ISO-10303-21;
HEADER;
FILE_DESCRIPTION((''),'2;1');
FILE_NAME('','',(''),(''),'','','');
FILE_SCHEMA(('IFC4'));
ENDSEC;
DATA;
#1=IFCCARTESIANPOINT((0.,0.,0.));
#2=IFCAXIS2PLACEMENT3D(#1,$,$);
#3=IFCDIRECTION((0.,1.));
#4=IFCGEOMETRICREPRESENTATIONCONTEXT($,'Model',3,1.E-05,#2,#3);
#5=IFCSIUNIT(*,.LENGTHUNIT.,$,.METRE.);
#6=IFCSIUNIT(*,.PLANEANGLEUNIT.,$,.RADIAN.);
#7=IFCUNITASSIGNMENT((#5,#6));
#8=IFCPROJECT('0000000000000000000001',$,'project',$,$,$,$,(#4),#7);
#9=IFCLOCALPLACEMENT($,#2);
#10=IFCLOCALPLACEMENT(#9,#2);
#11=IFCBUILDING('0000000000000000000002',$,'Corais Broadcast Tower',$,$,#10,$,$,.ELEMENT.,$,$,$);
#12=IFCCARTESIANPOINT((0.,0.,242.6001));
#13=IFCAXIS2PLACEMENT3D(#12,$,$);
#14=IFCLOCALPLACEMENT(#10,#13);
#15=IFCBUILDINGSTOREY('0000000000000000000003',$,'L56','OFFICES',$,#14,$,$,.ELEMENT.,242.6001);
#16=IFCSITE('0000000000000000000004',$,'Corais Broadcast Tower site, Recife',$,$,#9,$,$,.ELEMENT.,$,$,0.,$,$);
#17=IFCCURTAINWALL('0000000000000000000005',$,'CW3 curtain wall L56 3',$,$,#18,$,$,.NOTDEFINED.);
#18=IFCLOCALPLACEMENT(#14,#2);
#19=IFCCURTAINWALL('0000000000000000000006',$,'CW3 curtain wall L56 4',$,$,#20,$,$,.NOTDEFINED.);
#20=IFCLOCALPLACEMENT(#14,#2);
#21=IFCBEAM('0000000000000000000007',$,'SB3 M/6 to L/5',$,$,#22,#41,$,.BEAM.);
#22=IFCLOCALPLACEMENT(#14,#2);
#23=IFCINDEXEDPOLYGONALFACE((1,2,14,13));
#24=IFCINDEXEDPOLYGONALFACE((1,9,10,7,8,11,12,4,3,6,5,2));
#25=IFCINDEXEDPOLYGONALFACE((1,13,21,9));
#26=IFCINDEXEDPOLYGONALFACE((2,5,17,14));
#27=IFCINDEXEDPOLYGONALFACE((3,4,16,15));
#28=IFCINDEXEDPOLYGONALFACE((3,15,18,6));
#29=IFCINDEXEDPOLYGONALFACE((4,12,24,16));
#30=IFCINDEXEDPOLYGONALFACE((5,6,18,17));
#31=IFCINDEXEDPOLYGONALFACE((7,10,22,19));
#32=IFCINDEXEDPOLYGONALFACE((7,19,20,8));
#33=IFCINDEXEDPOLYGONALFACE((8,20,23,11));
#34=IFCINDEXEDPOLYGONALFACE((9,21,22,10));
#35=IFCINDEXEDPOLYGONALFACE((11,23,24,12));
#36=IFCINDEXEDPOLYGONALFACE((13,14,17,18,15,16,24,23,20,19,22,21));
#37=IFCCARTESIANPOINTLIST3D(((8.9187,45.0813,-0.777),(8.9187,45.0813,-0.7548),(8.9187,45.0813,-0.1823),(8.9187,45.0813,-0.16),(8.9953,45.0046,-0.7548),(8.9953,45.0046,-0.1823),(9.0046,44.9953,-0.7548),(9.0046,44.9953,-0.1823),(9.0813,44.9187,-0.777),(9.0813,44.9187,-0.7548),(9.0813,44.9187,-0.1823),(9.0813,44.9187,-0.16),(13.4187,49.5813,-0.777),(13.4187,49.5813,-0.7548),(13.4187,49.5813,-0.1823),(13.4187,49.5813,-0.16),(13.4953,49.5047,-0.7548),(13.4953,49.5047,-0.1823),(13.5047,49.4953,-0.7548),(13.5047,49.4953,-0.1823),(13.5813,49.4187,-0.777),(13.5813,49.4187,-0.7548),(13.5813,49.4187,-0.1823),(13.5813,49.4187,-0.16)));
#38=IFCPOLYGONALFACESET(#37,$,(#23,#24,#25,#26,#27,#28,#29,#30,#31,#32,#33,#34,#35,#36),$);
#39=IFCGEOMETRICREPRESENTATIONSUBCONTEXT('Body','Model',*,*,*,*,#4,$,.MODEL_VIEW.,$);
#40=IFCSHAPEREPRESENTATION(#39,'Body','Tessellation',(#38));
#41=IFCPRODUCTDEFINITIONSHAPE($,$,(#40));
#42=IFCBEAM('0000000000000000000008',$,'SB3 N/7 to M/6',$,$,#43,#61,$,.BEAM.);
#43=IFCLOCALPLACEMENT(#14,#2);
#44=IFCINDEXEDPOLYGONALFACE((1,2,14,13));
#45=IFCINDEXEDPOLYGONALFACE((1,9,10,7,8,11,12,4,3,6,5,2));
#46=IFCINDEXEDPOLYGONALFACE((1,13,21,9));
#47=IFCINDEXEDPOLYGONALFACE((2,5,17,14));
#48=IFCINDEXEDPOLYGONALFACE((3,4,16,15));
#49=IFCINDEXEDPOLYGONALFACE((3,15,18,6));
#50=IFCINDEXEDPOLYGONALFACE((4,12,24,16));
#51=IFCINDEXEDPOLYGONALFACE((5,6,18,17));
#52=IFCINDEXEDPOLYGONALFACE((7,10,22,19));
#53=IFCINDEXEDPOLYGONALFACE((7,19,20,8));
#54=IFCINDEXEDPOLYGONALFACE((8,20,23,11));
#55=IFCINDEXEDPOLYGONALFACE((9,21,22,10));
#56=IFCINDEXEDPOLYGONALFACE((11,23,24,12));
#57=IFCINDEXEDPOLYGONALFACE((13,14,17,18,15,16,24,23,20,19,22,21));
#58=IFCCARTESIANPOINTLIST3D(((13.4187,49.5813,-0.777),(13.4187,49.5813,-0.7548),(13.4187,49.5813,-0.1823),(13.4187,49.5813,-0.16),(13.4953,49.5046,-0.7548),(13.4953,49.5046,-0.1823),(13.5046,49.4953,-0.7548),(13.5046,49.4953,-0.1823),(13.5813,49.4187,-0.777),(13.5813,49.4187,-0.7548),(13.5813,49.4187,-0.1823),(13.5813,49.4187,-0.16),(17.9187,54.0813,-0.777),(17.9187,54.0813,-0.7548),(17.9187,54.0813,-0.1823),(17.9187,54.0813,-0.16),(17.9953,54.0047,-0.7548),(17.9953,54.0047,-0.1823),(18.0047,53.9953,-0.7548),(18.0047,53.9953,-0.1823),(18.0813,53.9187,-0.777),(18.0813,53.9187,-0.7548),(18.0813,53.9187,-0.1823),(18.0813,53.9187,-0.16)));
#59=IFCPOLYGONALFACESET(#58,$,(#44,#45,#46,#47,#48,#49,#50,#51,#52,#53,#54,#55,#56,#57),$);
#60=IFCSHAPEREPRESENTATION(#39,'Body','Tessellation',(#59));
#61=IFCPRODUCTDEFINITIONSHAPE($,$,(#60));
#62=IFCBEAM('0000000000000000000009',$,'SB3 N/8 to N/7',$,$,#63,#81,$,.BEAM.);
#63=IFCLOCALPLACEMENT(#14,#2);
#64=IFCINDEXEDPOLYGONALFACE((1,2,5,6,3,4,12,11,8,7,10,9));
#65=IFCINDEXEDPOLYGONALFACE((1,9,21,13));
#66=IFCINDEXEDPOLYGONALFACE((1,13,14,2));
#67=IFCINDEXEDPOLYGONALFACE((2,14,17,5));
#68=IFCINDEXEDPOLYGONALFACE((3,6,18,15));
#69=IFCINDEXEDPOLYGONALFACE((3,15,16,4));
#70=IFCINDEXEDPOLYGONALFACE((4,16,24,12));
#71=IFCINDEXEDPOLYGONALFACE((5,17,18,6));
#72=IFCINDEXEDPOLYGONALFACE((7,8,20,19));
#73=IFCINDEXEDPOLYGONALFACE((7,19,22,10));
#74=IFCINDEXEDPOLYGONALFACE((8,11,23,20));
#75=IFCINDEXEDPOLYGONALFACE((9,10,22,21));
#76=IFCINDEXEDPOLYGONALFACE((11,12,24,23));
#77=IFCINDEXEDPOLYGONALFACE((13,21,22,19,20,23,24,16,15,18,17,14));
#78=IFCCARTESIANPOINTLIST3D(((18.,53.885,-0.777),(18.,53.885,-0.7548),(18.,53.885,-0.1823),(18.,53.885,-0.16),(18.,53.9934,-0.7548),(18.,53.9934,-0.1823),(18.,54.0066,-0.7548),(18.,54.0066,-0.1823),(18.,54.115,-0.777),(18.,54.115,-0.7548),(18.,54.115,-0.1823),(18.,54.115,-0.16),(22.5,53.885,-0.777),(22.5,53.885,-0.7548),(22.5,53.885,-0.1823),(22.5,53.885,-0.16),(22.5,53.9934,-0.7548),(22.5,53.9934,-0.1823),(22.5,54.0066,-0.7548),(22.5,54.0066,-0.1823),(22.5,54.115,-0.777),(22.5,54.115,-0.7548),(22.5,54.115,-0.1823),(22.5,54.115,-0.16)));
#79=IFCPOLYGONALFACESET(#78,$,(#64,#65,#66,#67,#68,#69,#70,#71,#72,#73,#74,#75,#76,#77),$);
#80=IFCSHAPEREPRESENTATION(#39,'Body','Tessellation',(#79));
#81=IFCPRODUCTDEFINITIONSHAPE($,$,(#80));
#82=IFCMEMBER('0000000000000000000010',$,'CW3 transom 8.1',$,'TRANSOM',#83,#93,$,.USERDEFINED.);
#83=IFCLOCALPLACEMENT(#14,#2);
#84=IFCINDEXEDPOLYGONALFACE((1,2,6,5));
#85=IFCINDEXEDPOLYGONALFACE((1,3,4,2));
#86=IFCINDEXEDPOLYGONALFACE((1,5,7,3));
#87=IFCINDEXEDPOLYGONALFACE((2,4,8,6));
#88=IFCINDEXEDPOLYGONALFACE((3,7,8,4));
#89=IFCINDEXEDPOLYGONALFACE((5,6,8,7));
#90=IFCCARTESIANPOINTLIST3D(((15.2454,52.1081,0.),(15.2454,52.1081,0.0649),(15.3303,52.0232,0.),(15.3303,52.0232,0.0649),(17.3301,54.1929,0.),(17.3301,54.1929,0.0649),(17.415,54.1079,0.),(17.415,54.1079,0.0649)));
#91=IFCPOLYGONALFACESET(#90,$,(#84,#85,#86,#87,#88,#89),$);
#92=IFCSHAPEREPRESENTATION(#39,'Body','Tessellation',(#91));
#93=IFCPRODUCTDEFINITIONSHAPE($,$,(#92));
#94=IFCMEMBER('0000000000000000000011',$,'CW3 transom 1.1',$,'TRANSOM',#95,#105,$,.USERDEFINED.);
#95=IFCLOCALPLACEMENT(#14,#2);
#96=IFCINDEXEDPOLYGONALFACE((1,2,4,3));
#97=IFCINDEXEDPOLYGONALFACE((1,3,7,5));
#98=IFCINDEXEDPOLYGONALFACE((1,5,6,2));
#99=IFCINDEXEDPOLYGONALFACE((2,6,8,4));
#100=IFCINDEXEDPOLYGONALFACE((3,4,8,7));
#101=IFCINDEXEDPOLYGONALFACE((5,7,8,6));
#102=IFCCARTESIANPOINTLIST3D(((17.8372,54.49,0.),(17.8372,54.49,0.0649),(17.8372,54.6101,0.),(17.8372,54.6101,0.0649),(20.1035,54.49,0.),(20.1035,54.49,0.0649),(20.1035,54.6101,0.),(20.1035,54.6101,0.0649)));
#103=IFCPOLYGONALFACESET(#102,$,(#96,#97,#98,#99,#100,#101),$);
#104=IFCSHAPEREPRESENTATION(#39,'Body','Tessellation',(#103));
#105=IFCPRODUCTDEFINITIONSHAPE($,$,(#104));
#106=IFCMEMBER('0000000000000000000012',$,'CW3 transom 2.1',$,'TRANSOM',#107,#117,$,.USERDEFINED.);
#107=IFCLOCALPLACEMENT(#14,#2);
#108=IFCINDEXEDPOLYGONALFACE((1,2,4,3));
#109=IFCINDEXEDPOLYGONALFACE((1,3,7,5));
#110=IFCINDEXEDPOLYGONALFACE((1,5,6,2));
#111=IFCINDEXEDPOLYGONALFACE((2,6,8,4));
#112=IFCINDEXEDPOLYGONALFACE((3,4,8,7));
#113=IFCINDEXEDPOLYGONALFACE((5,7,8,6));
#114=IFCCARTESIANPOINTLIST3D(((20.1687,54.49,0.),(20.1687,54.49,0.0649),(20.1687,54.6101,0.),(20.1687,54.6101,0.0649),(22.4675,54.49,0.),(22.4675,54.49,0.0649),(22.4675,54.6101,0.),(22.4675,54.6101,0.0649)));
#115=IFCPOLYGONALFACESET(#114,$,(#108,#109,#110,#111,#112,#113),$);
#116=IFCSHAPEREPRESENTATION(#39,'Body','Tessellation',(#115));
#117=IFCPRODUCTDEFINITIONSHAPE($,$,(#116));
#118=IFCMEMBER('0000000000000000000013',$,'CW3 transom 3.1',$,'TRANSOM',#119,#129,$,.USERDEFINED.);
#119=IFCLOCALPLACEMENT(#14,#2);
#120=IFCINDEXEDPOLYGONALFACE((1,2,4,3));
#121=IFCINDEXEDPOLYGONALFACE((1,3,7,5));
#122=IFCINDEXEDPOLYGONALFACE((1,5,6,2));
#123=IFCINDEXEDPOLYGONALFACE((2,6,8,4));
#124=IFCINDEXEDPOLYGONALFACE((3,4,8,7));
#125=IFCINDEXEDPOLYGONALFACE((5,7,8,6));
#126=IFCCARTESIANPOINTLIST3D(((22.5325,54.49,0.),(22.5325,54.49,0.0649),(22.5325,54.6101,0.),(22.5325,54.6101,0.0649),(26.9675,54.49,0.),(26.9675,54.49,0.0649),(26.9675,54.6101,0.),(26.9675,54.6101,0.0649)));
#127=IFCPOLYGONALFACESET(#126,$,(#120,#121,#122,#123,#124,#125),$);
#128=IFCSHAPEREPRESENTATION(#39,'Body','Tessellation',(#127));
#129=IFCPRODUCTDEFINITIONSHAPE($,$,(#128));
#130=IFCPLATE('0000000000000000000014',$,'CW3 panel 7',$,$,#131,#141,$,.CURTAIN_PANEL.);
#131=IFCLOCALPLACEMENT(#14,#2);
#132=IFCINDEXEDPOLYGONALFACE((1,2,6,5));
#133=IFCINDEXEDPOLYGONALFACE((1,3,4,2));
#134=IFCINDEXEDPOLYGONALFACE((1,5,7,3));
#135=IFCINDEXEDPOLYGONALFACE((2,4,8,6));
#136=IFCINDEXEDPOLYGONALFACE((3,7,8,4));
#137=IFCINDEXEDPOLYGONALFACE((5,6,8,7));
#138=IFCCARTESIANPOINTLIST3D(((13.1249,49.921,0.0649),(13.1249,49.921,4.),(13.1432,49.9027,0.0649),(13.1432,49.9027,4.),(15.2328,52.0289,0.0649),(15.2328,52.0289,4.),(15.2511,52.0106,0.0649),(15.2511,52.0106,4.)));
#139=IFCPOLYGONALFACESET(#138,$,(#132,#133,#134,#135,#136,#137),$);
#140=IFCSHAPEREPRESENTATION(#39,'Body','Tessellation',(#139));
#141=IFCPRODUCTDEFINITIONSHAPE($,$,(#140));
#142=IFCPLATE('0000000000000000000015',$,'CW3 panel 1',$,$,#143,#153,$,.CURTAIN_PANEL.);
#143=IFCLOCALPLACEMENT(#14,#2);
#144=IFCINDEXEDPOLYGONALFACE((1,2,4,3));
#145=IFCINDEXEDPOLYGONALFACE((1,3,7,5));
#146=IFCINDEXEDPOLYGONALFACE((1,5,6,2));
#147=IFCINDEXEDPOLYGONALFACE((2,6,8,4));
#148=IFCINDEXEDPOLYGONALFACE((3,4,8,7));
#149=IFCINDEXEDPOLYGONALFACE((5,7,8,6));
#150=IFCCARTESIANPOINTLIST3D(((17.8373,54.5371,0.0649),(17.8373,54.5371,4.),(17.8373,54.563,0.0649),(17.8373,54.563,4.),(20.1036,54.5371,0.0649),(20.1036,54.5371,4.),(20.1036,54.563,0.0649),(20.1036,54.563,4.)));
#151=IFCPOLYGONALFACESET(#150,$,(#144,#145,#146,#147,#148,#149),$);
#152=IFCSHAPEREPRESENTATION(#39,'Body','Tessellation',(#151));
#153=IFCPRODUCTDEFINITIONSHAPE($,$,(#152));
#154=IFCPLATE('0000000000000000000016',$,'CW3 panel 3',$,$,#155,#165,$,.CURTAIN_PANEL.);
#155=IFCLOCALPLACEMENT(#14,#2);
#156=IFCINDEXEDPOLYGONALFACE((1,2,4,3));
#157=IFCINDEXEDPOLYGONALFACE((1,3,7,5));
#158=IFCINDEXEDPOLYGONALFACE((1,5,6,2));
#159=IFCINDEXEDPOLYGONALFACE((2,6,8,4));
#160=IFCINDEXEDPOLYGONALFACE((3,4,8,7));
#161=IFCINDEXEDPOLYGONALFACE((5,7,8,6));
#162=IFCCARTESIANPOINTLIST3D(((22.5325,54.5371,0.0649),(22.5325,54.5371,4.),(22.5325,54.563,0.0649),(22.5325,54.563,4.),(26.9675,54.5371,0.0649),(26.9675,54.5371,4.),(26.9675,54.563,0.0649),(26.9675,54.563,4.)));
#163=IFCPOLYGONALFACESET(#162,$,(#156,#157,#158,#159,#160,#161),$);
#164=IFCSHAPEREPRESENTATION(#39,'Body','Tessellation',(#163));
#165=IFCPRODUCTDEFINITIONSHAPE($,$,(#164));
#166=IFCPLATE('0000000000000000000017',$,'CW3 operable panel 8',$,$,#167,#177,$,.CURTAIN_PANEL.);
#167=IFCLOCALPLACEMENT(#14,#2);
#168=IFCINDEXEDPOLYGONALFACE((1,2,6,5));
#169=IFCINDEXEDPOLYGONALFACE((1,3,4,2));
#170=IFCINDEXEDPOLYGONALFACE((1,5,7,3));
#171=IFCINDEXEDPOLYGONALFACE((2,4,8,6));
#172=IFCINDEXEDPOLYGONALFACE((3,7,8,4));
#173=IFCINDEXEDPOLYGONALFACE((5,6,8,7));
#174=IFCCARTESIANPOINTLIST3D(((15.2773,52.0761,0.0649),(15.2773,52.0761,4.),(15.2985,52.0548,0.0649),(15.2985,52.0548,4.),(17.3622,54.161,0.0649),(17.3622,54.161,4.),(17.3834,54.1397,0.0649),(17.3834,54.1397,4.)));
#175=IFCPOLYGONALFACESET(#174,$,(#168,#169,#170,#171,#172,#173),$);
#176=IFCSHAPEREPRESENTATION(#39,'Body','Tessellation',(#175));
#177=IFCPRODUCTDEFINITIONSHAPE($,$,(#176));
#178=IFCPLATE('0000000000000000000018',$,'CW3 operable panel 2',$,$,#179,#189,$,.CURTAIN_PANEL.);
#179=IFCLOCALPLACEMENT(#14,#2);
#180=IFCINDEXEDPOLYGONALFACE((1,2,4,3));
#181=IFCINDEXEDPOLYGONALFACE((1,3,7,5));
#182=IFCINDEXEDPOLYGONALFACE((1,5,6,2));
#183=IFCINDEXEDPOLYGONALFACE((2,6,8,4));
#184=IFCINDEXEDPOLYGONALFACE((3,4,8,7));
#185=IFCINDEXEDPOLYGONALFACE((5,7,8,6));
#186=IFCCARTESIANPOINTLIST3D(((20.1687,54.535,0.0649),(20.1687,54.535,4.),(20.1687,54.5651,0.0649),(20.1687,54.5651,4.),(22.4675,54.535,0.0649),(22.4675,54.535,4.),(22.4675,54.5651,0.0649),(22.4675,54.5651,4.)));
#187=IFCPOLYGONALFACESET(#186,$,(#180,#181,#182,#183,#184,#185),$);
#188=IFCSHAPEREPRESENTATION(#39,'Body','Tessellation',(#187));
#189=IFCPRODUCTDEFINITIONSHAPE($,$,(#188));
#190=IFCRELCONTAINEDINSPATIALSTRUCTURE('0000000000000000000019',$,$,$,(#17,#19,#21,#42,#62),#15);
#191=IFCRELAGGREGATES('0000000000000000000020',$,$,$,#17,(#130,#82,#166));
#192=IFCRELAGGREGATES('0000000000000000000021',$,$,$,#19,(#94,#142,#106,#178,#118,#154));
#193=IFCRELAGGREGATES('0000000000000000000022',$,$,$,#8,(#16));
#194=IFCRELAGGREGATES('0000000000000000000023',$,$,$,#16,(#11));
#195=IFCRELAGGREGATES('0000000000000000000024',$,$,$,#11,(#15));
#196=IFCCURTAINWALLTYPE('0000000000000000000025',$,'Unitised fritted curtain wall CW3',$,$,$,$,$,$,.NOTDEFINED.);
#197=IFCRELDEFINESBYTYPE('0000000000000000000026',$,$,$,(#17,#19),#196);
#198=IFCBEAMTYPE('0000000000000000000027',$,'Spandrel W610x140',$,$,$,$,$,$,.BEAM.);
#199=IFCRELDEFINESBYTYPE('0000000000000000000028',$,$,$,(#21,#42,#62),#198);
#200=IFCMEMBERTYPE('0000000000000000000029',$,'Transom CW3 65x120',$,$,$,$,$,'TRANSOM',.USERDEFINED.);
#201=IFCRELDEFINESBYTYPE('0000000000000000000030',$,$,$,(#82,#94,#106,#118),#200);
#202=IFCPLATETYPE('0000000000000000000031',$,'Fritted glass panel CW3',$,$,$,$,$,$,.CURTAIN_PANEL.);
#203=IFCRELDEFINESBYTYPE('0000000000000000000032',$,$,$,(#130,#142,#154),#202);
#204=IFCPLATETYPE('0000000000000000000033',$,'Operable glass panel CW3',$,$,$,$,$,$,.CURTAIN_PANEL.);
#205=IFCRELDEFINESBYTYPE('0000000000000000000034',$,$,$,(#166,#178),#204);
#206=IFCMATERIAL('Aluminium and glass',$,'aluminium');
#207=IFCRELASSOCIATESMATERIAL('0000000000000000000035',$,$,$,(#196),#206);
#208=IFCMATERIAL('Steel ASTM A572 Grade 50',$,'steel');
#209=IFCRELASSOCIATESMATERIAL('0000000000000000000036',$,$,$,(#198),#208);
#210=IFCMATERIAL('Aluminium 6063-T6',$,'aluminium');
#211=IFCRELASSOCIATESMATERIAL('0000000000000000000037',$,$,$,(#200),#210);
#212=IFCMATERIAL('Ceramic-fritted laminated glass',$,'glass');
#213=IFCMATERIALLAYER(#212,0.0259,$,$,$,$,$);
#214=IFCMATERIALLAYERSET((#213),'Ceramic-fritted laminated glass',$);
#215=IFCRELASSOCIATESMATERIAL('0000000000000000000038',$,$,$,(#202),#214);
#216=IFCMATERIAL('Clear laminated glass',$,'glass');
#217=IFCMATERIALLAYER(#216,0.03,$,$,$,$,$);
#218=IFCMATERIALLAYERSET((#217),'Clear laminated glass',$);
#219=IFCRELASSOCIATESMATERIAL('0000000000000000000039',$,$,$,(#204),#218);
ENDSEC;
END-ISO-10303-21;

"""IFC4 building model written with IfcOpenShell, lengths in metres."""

from ifc_helpers import new_model, si_unit, direction, frame, origin, origin_2d, place, context, subcontext, project, spatial, rectangle, i_section, extrude, material, layer, layer_set, material_profile, profile_set, type_object, element, aggregate, save


model = new_model("IFC4")

# Units and contexts
model_context = context("Model", 3, precision=1e-05, world=origin(), true_north=direction((0.0, 1.0)))
body_context = subcontext(model_context, "Body", "Model", "MODEL_VIEW")
ifc_project = project(units=[si_unit("LENGTHUNIT", "METRE"), si_unit("PLANEANGLEUNIT", "RADIAN")], contexts=[model_context])

# Site, building, storey
site_placement = place(None, origin())
site = spatial("IfcSite", under=ifc_project, at=site_placement, Name="Corais Broadcast Tower site, Recife", CompositionType="ELEMENT", RefElevation=0.0)
building_placement = place(site_placement, origin())
building = spatial("IfcBuilding", under=site, at=building_placement, Name="Corais Broadcast Tower", CompositionType="ELEMENT")
storey_placement = place(building_placement, frame((0.0, 0.0, 242.6001)))
storey = spatial("IfcBuildingStorey", under=building, at=storey_placement, Name="L56", Description="OFFICES", CompositionType="ELEMENT", Elevation=242.6001)

# Curtain walls
ifc_material_1 = material(Name="Aluminium and glass", Category="aluminium")
curtain_wall_type = type_object("IfcCurtainWallType", Name="Unitised fritted curtain wall CW3", PredefinedType="NOTDEFINED", material=ifc_material_1)
curtain_wall_1_placement = place(storey_placement, origin())
curtain_wall_1 = element("IfcCurtainWall", 1, at=curtain_wall_1_placement, inside=storey, type_object=curtain_wall_type, Name="CW3 curtain wall L56 3", PredefinedType="NOTDEFINED")
curtain_wall_2_placement = place(storey_placement, origin())
curtain_wall_2 = element("IfcCurtainWall", 2, at=curtain_wall_2_placement, inside=storey, type_object=curtain_wall_type, Name="CW3 curtain wall L56 4", PredefinedType="NOTDEFINED")

# Beams
ifc_material_2 = material(Name="Steel ASTM A572 Grade 50", Category="steel")
ifc_material_profile_1 = material_profile(ifc_material_2, i_section(OverallWidth=0.23, OverallDepth=0.6169, WebThickness=0.0132, FlangeThickness=0.0222, at=origin_2d()), Name="W610x140")
ifc_profile_set_1 = profile_set([ifc_material_profile_1], Name="Steel ASTM A572 Grade 50")
beam_type_1 = type_object("IfcBeamType", Name="Spandrel W610x140", PredefinedType="BEAM", material=ifc_profile_set_1)
for number, where, z_axis, x_axis, name in (
    (3, (13.5, 49.5, -0.4685), (-0.707107, -0.707107, 0.0), (0.707107, -0.707107, 0.0), "SB3 M/6 to L/5"),
    (4, (18.0, 54.0, -0.4685), (-0.707107, -0.707107, 0.0), (0.707107, -0.707107, 0.0), "SB3 N/7 to M/6"),
):
    element("IfcBeam", number, at=place(storey_placement, frame(where, z_axis=z_axis, x_axis=x_axis)), inside=storey, type_object=beam_type_1, Name=name, PredefinedType="BEAM", context=body_context, shape_type="SweptSolid", body=[
        extrude(i_section(OverallWidth=0.23, OverallDepth=0.6169, WebThickness=0.0132, FlangeThickness=0.0222, at=origin_2d()), origin(), (0.0, 0.0, 1.0), 6.364),
    ])
beam_1_placement = place(storey_placement, frame((22.5, 54.0, -0.4685), z_axis=(-1.0, 0.0, 0.0), x_axis=(0.0, -1.0, 0.0)))
element("IfcBeam", 5, at=beam_1_placement, inside=storey, type_object=beam_type_1, Name="SB3 N/8 to N/7", PredefinedType="BEAM", context=body_context, shape_type="SweptSolid", body=[
    extrude(i_section(OverallWidth=0.23, OverallDepth=0.6169, WebThickness=0.0132, FlangeThickness=0.0222, at=origin_2d()), origin(), (0.0, 0.0, 1.0), 4.5),
])

# Members
ifc_material_3 = material(Name="Aluminium 6063-T6", Category="aluminium")
ifc_material_profile_2 = material_profile(ifc_material_3, rectangle(XDim=0.1201, YDim=0.0649, at=origin_2d()), Name="Transom CW3 65x120")
ifc_profile_set_2 = profile_set([ifc_material_profile_2], Name="Aluminium 6063-T6")
member_type_1 = type_object("IfcMemberType", Name="Transom CW3 65x120", ElementType="TRANSOM", PredefinedType="USERDEFINED", material=ifc_profile_set_2)
member_1_placement = place(storey_placement, frame((15.2878, 52.0657, 0.0325), z_axis=(0.707107, 0.707107, 0.0), x_axis=(-0.707107, 0.707107, 0.0)))
member_1 = element("IfcMember", 6, at=member_1_placement, type_object=member_type_1, Name="CW3 transom 8.1", ObjectType="TRANSOM", PredefinedType="USERDEFINED", context=body_context, shape_type="SweptSolid", body=[
    extrude(rectangle(XDim=0.1201, YDim=0.0649, at=origin_2d()), origin(), (0.0, 0.0, 1.0), 2.9482),
])
member_2_placement = place(storey_placement, frame((17.8372, 54.55, 0.0325), z_axis=(1.0, 0.0, 0.0), x_axis=(0.0, 1.0, 0.0)))
member_2 = element("IfcMember", 7, at=member_2_placement, type_object=member_type_1, Name="CW3 transom 1.1", ObjectType="TRANSOM", PredefinedType="USERDEFINED", context=body_context, shape_type="SweptSolid", body=[
    extrude(rectangle(XDim=0.1201, YDim=0.0649, at=origin_2d()), origin(), (0.0, 0.0, 1.0), 2.2664),
])
member_3_placement = place(storey_placement, frame((20.1687, 54.55, 0.0325), z_axis=(1.0, 0.0, 0.0), x_axis=(0.0, 1.0, 0.0)))
member_3 = element("IfcMember", 8, at=member_3_placement, type_object=member_type_1, Name="CW3 transom 2.1", ObjectType="TRANSOM", PredefinedType="USERDEFINED", context=body_context, shape_type="SweptSolid", body=[
    extrude(rectangle(XDim=0.1201, YDim=0.0649, at=origin_2d()), origin(), (0.0, 0.0, 1.0), 2.2988),
])
member_4_placement = place(storey_placement, frame((22.5325, 54.55, 0.0325), z_axis=(1.0, 0.0, 0.0), x_axis=(0.0, 1.0, 0.0)))
member_4 = element("IfcMember", 9, at=member_4_placement, type_object=member_type_1, Name="CW3 transom 3.1", ObjectType="TRANSOM", PredefinedType="USERDEFINED", context=body_context, shape_type="SweptSolid", body=[
    extrude(rectangle(XDim=0.1201, YDim=0.0649, at=origin_2d()), origin(), (0.0, 0.0, 1.0), 4.4351),
])

# Plates
ifc_material_4 = material(Name="Ceramic-fritted laminated glass", Category="glass")
ifc_layer_1 = layer(ifc_material_4, 0.0259)
ifc_layer_set_1 = layer_set([ifc_layer_1], Name="Ceramic-fritted laminated glass")
plate_type_1 = type_object("IfcPlateType", Name="Fritted glass panel CW3", PredefinedType="CURTAIN_PANEL", material=ifc_layer_set_1)
plate_1_placement = place(storey_placement, frame((14.188, 50.9658, 0.0649), z_axis=(0.0, 0.0, 1.0), x_axis=(0.707107, 0.707107, 0.0)))
plate_1 = element("IfcPlate", 10, at=plate_1_placement, type_object=plate_type_1, Name="CW3 panel 7", PredefinedType="CURTAIN_PANEL", context=body_context, shape_type="SweptSolid", body=[
    extrude(rectangle(XDim=2.981, YDim=0.0259, at=origin_2d()), origin(), (0.0, 0.0, 1.0), 3.9351),
])
plate_2_placement = place(storey_placement, frame((18.9705, 54.55, 0.0649), z_axis=(0.0, 0.0, 1.0), x_axis=(1.0, 0.0, 0.0)))
plate_2 = element("IfcPlate", 11, at=plate_2_placement, type_object=plate_type_1, Name="CW3 panel 1", PredefinedType="CURTAIN_PANEL", context=body_context, shape_type="SweptSolid", body=[
    extrude(rectangle(XDim=2.2664, YDim=0.0259, at=origin_2d()), origin(), (0.0, 0.0, 1.0), 3.9351),
])
plate_3_placement = place(storey_placement, frame((24.75, 54.55, 0.0649), z_axis=(0.0, 0.0, 1.0), x_axis=(1.0, 0.0, 0.0)))
plate_3 = element("IfcPlate", 12, at=plate_3_placement, type_object=plate_type_1, Name="CW3 panel 3", PredefinedType="CURTAIN_PANEL", context=body_context, shape_type="SweptSolid", body=[
    extrude(rectangle(XDim=4.4351, YDim=0.0259, at=origin_2d()), origin(), (0.0, 0.0, 1.0), 3.9351),
])
ifc_material_5 = material(Name="Clear laminated glass", Category="glass")
ifc_layer_2 = layer(ifc_material_5, 0.03)
ifc_layer_set_2 = layer_set([ifc_layer_2], Name="Clear laminated glass")
plate_type_2 = type_object("IfcPlateType", Name="Operable glass panel CW3", PredefinedType="CURTAIN_PANEL", material=ifc_layer_set_2)
plate_4_placement = place(storey_placement, frame((16.3303, 53.1079, 0.0649), z_axis=(0.0, 0.0, 1.0), x_axis=(0.707107, 0.707107, 0.0)))
plate_4 = element("IfcPlate", 13, at=plate_4_placement, type_object=plate_type_2, Name="CW3 operable panel 8", PredefinedType="CURTAIN_PANEL", context=body_context, shape_type="SweptSolid", body=[
    extrude(rectangle(XDim=2.9485, YDim=0.03, at=origin_2d()), origin(), (0.0, 0.0, 1.0), 3.9351),
])
aggregate(curtain_wall_1, [plate_1, member_1, plate_4])
plate_5_placement = place(storey_placement, frame((21.3181, 54.55, 0.0649), z_axis=(0.0, 0.0, 1.0), x_axis=(1.0, 0.0, 0.0)))
plate_5 = element("IfcPlate", 14, at=plate_5_placement, type_object=plate_type_2, Name="CW3 operable panel 2", PredefinedType="CURTAIN_PANEL", context=body_context, shape_type="SweptSolid", body=[
    extrude(rectangle(XDim=2.2988, YDim=0.03, at=origin_2d()), origin(), (0.0, 0.0, 1.0), 3.9351),
])
aggregate(curtain_wall_2, [member_2, plate_2, member_3, plate_5, member_4, plate_3])

save(model, "model.ifc")
